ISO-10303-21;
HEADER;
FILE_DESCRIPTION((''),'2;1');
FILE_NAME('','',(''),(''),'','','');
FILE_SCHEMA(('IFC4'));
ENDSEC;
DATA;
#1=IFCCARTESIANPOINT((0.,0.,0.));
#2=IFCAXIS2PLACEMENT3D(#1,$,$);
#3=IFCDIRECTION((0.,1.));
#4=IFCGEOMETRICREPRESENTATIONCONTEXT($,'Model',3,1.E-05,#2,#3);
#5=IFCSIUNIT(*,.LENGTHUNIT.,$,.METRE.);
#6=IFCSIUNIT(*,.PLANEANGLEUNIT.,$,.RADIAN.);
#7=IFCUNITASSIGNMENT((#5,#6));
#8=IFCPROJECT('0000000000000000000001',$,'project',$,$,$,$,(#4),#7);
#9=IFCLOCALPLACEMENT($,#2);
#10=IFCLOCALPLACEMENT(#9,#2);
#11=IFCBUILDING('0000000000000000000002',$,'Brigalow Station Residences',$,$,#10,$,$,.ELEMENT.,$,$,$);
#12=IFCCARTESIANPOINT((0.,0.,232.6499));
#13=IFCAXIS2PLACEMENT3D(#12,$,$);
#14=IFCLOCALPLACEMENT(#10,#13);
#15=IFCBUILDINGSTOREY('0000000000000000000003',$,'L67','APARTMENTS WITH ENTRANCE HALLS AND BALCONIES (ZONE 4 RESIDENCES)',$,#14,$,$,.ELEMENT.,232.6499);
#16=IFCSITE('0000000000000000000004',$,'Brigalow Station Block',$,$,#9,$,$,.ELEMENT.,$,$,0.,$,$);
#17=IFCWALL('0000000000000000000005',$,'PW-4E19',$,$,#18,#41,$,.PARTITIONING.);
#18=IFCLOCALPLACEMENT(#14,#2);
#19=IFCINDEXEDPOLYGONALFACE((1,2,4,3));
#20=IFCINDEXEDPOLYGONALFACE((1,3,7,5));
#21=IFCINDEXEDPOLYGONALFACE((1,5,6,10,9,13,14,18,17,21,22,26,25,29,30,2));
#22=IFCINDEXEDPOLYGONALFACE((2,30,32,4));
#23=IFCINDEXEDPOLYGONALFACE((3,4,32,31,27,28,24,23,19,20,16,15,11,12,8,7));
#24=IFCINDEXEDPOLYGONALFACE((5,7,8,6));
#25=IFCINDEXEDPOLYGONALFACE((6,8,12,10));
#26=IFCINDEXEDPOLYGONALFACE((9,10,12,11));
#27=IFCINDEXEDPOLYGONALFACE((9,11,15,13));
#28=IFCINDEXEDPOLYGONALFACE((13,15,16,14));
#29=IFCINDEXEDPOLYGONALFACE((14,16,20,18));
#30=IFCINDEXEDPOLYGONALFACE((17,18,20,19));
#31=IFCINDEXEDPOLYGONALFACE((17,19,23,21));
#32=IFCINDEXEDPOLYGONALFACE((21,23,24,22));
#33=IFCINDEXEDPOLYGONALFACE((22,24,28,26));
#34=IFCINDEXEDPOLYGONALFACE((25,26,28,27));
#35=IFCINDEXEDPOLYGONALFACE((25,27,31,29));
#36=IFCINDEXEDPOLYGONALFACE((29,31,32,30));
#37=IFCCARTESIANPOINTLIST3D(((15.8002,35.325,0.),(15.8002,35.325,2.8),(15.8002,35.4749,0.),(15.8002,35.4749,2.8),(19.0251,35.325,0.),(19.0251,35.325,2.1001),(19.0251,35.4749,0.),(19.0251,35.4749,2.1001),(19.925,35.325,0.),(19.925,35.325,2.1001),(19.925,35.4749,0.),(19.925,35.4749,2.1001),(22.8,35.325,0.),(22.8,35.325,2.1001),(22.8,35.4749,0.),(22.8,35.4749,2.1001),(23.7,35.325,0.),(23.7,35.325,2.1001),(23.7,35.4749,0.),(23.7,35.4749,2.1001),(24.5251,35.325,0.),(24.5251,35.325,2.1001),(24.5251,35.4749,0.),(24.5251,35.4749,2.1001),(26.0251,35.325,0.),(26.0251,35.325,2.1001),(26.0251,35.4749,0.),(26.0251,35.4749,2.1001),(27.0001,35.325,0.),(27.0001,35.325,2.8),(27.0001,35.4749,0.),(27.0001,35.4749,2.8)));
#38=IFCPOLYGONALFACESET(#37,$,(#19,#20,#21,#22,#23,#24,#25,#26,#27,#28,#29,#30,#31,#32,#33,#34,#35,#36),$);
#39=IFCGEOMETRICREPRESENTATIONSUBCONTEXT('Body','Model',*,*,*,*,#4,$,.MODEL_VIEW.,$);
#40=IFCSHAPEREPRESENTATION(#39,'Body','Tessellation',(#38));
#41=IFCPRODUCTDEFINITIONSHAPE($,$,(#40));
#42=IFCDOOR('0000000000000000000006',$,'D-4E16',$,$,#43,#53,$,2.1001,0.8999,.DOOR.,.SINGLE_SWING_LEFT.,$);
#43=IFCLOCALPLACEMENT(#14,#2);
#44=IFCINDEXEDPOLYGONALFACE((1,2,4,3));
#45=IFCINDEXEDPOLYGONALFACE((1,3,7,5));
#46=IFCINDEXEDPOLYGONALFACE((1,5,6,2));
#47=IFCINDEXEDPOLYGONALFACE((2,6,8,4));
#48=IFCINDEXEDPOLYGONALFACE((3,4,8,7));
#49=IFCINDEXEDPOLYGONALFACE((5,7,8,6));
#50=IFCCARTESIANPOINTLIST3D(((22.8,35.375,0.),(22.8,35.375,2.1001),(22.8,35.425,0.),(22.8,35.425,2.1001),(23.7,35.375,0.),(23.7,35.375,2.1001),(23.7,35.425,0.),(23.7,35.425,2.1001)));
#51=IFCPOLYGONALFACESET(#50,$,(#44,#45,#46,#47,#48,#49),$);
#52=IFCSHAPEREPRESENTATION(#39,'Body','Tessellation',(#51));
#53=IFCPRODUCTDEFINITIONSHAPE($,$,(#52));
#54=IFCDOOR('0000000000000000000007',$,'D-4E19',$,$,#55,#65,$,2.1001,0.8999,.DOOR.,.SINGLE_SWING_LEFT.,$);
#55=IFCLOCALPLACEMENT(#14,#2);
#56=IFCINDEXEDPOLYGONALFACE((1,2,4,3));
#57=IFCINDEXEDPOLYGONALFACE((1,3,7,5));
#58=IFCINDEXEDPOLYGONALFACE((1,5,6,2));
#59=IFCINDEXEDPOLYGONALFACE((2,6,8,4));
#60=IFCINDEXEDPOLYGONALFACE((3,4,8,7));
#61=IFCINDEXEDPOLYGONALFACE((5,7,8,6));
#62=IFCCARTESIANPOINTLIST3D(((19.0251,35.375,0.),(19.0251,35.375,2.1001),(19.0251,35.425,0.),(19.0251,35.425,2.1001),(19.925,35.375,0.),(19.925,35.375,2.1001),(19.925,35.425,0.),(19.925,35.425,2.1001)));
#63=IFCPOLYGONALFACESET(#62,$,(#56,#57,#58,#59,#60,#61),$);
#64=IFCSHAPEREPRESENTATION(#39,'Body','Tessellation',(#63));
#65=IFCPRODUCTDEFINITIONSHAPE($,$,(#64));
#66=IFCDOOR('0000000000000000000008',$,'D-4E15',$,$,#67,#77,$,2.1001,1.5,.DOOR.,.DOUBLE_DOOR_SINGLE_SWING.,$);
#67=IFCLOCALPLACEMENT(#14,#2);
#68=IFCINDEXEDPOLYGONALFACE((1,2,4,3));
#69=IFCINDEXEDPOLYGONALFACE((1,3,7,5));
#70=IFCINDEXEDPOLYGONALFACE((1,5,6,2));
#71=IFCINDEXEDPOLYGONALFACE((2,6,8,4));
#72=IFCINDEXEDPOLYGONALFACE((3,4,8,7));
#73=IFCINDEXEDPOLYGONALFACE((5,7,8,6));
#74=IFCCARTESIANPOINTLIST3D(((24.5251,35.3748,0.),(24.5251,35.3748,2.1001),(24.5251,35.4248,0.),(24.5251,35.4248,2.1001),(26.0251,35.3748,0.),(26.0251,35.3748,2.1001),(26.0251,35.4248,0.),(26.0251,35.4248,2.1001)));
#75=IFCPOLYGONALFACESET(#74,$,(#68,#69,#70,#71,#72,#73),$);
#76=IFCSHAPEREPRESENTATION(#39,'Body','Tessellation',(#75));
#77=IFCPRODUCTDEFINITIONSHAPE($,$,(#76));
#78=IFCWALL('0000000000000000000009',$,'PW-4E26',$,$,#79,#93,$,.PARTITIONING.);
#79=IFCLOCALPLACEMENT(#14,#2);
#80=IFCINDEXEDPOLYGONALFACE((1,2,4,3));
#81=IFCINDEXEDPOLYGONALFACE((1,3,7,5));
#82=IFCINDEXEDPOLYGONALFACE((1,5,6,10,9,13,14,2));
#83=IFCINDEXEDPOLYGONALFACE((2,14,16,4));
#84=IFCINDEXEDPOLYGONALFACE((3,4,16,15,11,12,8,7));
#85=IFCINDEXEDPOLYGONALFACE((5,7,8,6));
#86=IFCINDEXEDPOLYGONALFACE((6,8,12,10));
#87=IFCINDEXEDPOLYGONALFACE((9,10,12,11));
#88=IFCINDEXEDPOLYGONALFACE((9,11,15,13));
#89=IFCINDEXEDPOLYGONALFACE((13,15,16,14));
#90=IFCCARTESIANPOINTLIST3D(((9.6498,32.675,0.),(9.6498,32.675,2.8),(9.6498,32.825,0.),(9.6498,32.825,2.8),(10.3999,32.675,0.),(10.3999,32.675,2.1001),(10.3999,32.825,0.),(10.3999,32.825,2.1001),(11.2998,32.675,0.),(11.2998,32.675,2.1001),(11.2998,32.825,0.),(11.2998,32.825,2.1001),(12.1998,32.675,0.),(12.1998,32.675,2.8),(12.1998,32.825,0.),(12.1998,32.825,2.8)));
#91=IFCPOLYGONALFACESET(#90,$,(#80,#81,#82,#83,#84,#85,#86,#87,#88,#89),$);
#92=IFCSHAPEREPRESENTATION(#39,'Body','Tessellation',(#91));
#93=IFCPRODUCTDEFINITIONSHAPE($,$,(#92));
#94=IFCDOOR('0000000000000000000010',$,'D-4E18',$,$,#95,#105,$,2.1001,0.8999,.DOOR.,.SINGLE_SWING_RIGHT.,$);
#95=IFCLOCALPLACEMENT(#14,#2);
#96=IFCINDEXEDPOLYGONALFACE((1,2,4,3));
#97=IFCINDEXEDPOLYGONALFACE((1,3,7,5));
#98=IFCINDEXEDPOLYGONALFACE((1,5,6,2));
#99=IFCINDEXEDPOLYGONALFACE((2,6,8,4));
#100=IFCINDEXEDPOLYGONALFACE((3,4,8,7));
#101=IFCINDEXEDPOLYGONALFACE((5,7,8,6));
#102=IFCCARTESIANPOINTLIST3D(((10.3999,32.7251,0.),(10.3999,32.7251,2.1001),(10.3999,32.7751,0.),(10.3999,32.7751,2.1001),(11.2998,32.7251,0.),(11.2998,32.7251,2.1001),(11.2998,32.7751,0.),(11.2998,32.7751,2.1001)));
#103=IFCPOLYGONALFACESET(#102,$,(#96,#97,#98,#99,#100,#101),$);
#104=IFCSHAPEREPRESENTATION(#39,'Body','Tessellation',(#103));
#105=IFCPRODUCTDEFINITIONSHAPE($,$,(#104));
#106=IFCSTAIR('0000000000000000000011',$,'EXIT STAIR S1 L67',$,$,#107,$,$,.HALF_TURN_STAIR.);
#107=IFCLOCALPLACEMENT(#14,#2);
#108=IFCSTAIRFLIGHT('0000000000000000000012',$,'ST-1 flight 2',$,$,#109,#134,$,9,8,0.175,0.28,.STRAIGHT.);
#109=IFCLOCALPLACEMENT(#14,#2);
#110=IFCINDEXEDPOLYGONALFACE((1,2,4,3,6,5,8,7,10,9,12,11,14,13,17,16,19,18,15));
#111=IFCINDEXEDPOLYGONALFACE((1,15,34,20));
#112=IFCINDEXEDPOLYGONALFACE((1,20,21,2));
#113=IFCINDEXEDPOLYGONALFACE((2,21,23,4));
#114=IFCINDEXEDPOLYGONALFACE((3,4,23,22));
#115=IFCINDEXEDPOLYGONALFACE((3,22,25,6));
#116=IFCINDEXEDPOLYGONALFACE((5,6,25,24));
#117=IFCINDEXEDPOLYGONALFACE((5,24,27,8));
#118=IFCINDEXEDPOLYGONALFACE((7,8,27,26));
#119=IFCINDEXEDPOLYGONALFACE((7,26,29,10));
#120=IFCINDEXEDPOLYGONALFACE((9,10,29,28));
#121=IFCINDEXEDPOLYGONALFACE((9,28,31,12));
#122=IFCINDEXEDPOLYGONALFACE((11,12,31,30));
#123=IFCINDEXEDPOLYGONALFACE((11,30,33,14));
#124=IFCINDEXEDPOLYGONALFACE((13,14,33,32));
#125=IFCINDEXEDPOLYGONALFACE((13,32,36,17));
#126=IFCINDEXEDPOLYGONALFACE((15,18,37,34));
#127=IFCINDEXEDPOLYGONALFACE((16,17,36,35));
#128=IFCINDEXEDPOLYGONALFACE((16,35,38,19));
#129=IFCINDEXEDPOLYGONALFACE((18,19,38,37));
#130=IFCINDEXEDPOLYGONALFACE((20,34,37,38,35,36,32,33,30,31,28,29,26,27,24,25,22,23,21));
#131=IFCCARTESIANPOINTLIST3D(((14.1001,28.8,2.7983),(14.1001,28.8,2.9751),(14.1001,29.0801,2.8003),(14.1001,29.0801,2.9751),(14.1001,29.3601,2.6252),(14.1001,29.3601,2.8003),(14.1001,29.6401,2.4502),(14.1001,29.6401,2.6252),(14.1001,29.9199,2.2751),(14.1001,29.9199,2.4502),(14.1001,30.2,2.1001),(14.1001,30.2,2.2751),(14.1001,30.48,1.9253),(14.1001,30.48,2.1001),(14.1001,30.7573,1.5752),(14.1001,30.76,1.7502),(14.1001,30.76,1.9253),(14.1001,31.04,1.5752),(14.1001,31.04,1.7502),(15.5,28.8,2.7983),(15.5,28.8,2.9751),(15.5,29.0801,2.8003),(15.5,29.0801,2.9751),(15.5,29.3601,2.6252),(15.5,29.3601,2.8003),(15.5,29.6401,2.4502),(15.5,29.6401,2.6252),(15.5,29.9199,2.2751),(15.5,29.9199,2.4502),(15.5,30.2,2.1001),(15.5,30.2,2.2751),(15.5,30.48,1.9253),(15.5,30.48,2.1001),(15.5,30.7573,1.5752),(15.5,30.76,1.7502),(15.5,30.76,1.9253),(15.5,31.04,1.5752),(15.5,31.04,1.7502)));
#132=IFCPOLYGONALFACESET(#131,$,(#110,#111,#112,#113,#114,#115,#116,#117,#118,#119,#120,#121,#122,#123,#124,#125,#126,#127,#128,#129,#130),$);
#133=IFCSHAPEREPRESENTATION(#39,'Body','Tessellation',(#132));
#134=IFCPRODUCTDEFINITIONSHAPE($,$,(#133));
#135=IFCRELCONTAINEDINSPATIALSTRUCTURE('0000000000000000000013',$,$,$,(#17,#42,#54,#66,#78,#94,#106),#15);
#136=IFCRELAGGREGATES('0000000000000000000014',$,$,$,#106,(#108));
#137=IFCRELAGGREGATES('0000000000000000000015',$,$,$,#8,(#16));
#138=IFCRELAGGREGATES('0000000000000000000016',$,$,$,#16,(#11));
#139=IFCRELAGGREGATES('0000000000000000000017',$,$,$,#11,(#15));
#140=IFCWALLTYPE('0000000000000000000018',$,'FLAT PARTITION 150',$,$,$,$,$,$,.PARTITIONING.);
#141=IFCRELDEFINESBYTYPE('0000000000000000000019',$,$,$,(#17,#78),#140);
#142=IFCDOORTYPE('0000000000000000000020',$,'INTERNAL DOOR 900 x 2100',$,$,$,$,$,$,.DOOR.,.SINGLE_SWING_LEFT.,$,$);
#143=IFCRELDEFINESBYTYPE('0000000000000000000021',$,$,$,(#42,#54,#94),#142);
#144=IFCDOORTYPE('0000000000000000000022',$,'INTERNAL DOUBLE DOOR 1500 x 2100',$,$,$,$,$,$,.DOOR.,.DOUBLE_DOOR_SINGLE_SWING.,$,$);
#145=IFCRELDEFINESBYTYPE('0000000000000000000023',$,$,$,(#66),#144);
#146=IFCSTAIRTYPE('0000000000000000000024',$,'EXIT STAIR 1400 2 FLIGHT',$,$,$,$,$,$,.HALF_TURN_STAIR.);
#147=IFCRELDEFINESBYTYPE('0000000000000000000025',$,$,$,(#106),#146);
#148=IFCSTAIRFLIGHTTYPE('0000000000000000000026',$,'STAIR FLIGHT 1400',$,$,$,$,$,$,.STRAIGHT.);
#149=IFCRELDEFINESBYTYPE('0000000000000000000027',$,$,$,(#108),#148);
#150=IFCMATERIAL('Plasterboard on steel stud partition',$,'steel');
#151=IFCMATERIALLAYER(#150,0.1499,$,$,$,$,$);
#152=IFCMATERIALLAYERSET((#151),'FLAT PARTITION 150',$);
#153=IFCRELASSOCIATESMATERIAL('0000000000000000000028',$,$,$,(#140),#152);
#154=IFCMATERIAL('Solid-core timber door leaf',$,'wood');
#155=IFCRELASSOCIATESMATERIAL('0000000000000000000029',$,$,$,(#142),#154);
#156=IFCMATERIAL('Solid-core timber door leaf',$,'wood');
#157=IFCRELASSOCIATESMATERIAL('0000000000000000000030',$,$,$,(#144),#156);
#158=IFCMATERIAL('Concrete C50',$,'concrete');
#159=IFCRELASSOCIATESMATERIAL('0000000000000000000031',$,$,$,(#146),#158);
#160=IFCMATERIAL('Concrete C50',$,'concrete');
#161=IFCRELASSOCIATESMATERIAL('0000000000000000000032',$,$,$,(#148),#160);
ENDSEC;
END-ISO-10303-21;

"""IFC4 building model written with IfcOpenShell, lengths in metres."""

from ifc_helpers import new_model, si_unit, direction, frame, frame_2d, origin, place, context, subcontext, project, spatial, polyline, rectangle, outline, extrude, material, layer, layer_set, type_object, element, fill, aggregate, save


model = new_model("IFC4")

# Units and contexts
model_context = context("Model", 3, precision=1e-05, world=origin(), true_north=direction((0.0, 1.0)))
body_context = subcontext(model_context, "Body", "Model", "MODEL_VIEW")
ifc_project = project(units=[si_unit("LENGTHUNIT", "METRE"), si_unit("PLANEANGLEUNIT", "RADIAN")], contexts=[model_context])

# Site, building, storey
site_placement = place(None, origin())
site = spatial("IfcSite", under=ifc_project, at=site_placement, Name="Brigalow Station Block", CompositionType="ELEMENT", RefElevation=0.0)
building_placement = place(site_placement, origin())
building = spatial("IfcBuilding", under=site, at=building_placement, Name="Brigalow Station Residences", CompositionType="ELEMENT")
storey_placement = place(building_placement, frame((0.0, 0.0, 232.6499)))
storey = spatial("IfcBuildingStorey", under=building, at=storey_placement, Name="L67", Description="APARTMENTS WITH ENTRANCE HALLS AND BALCONIES (ZONE 4 RESIDENCES)", CompositionType="ELEMENT", Elevation=232.6499)

# Wall, openings, doors
ifc_material_1 = material(Name="Plasterboard on steel stud partition", Category="steel")
ifc_layer_1 = layer(ifc_material_1, 0.1499)
ifc_layer_set_1 = layer_set([ifc_layer_1], Name="FLAT PARTITION 150")
wall_type_1 = type_object("IfcWallType", Name="FLAT PARTITION 150", PredefinedType="PARTITIONING", material=ifc_layer_set_1)
wall_1_placement = place(storey_placement, frame((15.8, 35.3999, 0.0), z_axis=(0.0, 0.0, 1.0), x_axis=(1.0, 0.0, 0.0)))
wall_1 = element("IfcWall", 1, at=wall_1_placement, inside=storey, type_object=wall_type_1, Name="PW-4E19", PredefinedType="PARTITIONING", context=body_context, shape_type="SweptSolid", body=[
    extrude(rectangle(XDim=11.2, YDim=0.1499, at=frame_2d((5.6001, 0.0))), origin(), (0.0, 0.0, 1.0), 2.8),
])
opening_1_placement = place(wall_1_placement, frame((8.7251, 0.0, 0.0)))
opening_1 = element("IfcOpeningElement", 2, at=opening_1_placement, cuts=wall_1, PredefinedType="OPENING", context=body_context, shape_type="SweptSolid", body=[
    extrude(rectangle(XDim=1.5, YDim=2.1001, at=frame_2d((0.75, 1.05))), frame((0.0, 0.085, 0.0), z_axis=(0.0, -1.0, 0.0), x_axis=(1.0, 0.0, 0.0)), (0.0, 0.0, 1.0), 0.1699),
])
opening_2_placement = place(wall_1_placement, frame((7.0, 0.0, 0.0)))
opening_2 = element("IfcOpeningElement", 3, at=opening_2_placement, cuts=wall_1, PredefinedType="OPENING", context=body_context, shape_type="SweptSolid", body=[
    extrude(rectangle(XDim=0.8999, YDim=2.1001, at=frame_2d((0.45, 1.05))), frame((0.0, 0.085, 0.0), z_axis=(0.0, -1.0, 0.0), x_axis=(1.0, 0.0, 0.0)), (0.0, 0.0, 1.0), 0.1699),
])
opening_3_placement = place(wall_1_placement, frame((3.2251, 0.0, 0.0)))
opening_3 = element("IfcOpeningElement", 4, at=opening_3_placement, cuts=wall_1, PredefinedType="OPENING", context=body_context, shape_type="SweptSolid", body=[
    extrude(rectangle(XDim=0.8999, YDim=2.1001, at=frame_2d((0.45, 1.05))), frame((0.0, 0.085, 0.0), z_axis=(0.0, -1.0, 0.0), x_axis=(1.0, 0.0, 0.0)), (0.0, 0.0, 1.0), 0.1699),
])
ifc_material_2 = material(Name="Solid-core timber door leaf", Category="wood")
door_type_1 = type_object("IfcDoorType", Name="INTERNAL DOOR 900 x 2100", OperationType="SINGLE_SWING_LEFT", PredefinedType="DOOR", material=ifc_material_2)
door_1_placement = place(opening_2_placement, frame((0.8999, 0.0, 0.0), z_axis=(0.0, 0.0, 1.0), x_axis=(-1.0, 0.0, 0.0)))
door_1 = element("IfcDoor", 5, at=door_1_placement, inside=storey, type_object=door_type_1, Name="D-4E16", OperationType="SINGLE_SWING_LEFT", OverallHeight=2.1001, OverallWidth=0.8999, PredefinedType="DOOR", context=body_context, shape_type="SweptSolid", body=[
    extrude(rectangle(XDim=0.8999, YDim=2.1001, at=frame_2d((0.45, 1.05))), frame((0.0, 0.0249, 0.0), z_axis=(0.0, -1.0, 0.0), x_axis=(1.0, 0.0, 0.0)), (0.0, 0.0, 1.0), 0.05),
])
fill(opening_2, door_1)
door_2_placement = place(opening_3_placement, frame((0.8999, 0.0, 0.0), z_axis=(0.0, 0.0, 1.0), x_axis=(-1.0, 0.0, 0.0)))
door_2 = element("IfcDoor", 6, at=door_2_placement, inside=storey, type_object=door_type_1, Name="D-4E19", OperationType="SINGLE_SWING_LEFT", OverallHeight=2.1001, OverallWidth=0.8999, PredefinedType="DOOR", context=body_context, shape_type="SweptSolid", body=[
    extrude(rectangle(XDim=0.8999, YDim=2.1001, at=frame_2d((0.45, 1.05))), frame((0.0, 0.0249, 0.0), z_axis=(0.0, -1.0, 0.0), x_axis=(1.0, 0.0, 0.0)), (0.0, 0.0, 1.0), 0.05),
])
fill(opening_3, door_2)
ifc_material_3 = material(Name="Solid-core timber door leaf", Category="wood")
door_type_2 = type_object("IfcDoorType", Name="INTERNAL DOUBLE DOOR 1500 x 2100", OperationType="DOUBLE_DOOR_SINGLE_SWING", PredefinedType="DOOR", material=ifc_material_3)
door_3_placement = place(opening_1_placement, origin())
door_3 = element("IfcDoor", 7, at=door_3_placement, inside=storey, type_object=door_type_2, Name="D-4E15", OperationType="DOUBLE_DOOR_SINGLE_SWING", OverallHeight=2.1001, OverallWidth=1.5, PredefinedType="DOOR", context=body_context, shape_type="SweptSolid", body=[
    extrude(rectangle(XDim=1.5, YDim=2.1001, at=frame_2d((0.75, 1.05))), frame((0.0, 0.0249, 0.0), z_axis=(0.0, -1.0, 0.0), x_axis=(1.0, 0.0, 0.0)), (0.0, 0.0, 1.0), 0.05),
])
fill(opening_1, door_3)

# Wall, opening, door
wall_2_placement = place(storey_placement, frame((9.6499, 32.75, 0.0), z_axis=(0.0, 0.0, 1.0), x_axis=(1.0, 0.0, 0.0)))
wall_2 = element("IfcWall", 8, at=wall_2_placement, inside=storey, type_object=wall_type_1, Name="PW-4E26", PredefinedType="PARTITIONING", context=body_context, shape_type="SweptSolid", body=[
    extrude(rectangle(XDim=2.55, YDim=0.1499, at=frame_2d((1.2749, 0.0))), origin(), (0.0, 0.0, 1.0), 2.8),
])
opening_4_placement = place(wall_2_placement, frame((0.75, 0.0, 0.0)))
opening_4 = element("IfcOpeningElement", 9, at=opening_4_placement, cuts=wall_2, PredefinedType="OPENING", context=body_context, shape_type="SweptSolid", body=[
    extrude(rectangle(XDim=0.8999, YDim=2.1001, at=frame_2d((0.45, 1.05))), frame((0.0, 0.085, 0.0), z_axis=(0.0, -1.0, 0.0), x_axis=(1.0, 0.0, 0.0)), (0.0, 0.0, 1.0), 0.1699),
])
door_4_placement = place(opening_4_placement, frame((0.8999, 0.0, 0.0), z_axis=(0.0, 0.0, 1.0), x_axis=(-1.0, 0.0, 0.0)))
door_4 = element("IfcDoor", 10, at=door_4_placement, inside=storey, type_object=door_type_1, Name="D-4E18", OperationType="SINGLE_SWING_RIGHT", OverallHeight=2.1001, OverallWidth=0.8999, PredefinedType="DOOR", context=body_context, shape_type="SweptSolid", body=[
    extrude(rectangle(XDim=0.8999, YDim=2.1001, at=frame_2d((0.45, 1.05))), frame((0.0, 0.0249, 0.0), z_axis=(0.0, -1.0, 0.0), x_axis=(1.0, 0.0, 0.0)), (0.0, 0.0, 1.0), 0.05),
])
fill(opening_4, door_4)

# Stair, stair flight
ifc_material_4 = material(Name="Concrete C50", Category="concrete")
stair_type = type_object("IfcStairType", Name="EXIT STAIR 1400 2 FLIGHT", PredefinedType="HALF_TURN_STAIR", material=ifc_material_4)
stair_placement = place(storey_placement, origin())
stair = element("IfcStair", 11, at=stair_placement, inside=storey, type_object=stair_type, Name="EXIT STAIR S1 L67", PredefinedType="HALF_TURN_STAIR")
ifc_material_5 = material(Name="Concrete C50", Category="concrete")
stair_flight_type = type_object("IfcStairFlightType", Name="STAIR FLIGHT 1400", PredefinedType="STRAIGHT", material=ifc_material_5)
stair_flight_placement = place(storey_placement, frame((14.8, 31.04, 1.5752), z_axis=(0.0, 0.0, 1.0), x_axis=(0.0, -1.0, 0.0)))
stair_flight = element("IfcStairFlight", 12, at=stair_flight_placement, type_object=stair_flight_type, Name="ST-1 flight 2", NumberOfRisers=9, NumberOfTreads=8, PredefinedType="STRAIGHT", RiserHeight=0.175, TreadLength=0.28, context=body_context, shape_type="SweptSolid", body=[
    extrude(outline(polyline([(0.0, 0.0), (0.0, 0.175), (0.28, 0.175), (0.28, 0.3501), (0.5601, 0.3501), (0.5601, 0.5249), (0.8401, 0.5249), (0.8401, 0.7), (1.1201, 0.7), (1.1201, 0.875), (1.3999, 0.875), (1.3999, 1.05), (1.6799, 1.05), (1.6799, 1.2251), (1.96, 1.2251), (1.96, 1.3999), (2.24, 1.3999), (2.24, 1.575), (2.24, 1.2231), (0.2827, 0.0), (0.0, 0.0)])), frame((0.0, 0.7, 0.0), z_axis=(0.0, -1.0, 0.0), x_axis=(1.0, 0.0, 0.0)), (0.0, 0.0, 1.0), 1.3999),
])
aggregate(stair, [stair_flight])

save(model, "model.ifc")
